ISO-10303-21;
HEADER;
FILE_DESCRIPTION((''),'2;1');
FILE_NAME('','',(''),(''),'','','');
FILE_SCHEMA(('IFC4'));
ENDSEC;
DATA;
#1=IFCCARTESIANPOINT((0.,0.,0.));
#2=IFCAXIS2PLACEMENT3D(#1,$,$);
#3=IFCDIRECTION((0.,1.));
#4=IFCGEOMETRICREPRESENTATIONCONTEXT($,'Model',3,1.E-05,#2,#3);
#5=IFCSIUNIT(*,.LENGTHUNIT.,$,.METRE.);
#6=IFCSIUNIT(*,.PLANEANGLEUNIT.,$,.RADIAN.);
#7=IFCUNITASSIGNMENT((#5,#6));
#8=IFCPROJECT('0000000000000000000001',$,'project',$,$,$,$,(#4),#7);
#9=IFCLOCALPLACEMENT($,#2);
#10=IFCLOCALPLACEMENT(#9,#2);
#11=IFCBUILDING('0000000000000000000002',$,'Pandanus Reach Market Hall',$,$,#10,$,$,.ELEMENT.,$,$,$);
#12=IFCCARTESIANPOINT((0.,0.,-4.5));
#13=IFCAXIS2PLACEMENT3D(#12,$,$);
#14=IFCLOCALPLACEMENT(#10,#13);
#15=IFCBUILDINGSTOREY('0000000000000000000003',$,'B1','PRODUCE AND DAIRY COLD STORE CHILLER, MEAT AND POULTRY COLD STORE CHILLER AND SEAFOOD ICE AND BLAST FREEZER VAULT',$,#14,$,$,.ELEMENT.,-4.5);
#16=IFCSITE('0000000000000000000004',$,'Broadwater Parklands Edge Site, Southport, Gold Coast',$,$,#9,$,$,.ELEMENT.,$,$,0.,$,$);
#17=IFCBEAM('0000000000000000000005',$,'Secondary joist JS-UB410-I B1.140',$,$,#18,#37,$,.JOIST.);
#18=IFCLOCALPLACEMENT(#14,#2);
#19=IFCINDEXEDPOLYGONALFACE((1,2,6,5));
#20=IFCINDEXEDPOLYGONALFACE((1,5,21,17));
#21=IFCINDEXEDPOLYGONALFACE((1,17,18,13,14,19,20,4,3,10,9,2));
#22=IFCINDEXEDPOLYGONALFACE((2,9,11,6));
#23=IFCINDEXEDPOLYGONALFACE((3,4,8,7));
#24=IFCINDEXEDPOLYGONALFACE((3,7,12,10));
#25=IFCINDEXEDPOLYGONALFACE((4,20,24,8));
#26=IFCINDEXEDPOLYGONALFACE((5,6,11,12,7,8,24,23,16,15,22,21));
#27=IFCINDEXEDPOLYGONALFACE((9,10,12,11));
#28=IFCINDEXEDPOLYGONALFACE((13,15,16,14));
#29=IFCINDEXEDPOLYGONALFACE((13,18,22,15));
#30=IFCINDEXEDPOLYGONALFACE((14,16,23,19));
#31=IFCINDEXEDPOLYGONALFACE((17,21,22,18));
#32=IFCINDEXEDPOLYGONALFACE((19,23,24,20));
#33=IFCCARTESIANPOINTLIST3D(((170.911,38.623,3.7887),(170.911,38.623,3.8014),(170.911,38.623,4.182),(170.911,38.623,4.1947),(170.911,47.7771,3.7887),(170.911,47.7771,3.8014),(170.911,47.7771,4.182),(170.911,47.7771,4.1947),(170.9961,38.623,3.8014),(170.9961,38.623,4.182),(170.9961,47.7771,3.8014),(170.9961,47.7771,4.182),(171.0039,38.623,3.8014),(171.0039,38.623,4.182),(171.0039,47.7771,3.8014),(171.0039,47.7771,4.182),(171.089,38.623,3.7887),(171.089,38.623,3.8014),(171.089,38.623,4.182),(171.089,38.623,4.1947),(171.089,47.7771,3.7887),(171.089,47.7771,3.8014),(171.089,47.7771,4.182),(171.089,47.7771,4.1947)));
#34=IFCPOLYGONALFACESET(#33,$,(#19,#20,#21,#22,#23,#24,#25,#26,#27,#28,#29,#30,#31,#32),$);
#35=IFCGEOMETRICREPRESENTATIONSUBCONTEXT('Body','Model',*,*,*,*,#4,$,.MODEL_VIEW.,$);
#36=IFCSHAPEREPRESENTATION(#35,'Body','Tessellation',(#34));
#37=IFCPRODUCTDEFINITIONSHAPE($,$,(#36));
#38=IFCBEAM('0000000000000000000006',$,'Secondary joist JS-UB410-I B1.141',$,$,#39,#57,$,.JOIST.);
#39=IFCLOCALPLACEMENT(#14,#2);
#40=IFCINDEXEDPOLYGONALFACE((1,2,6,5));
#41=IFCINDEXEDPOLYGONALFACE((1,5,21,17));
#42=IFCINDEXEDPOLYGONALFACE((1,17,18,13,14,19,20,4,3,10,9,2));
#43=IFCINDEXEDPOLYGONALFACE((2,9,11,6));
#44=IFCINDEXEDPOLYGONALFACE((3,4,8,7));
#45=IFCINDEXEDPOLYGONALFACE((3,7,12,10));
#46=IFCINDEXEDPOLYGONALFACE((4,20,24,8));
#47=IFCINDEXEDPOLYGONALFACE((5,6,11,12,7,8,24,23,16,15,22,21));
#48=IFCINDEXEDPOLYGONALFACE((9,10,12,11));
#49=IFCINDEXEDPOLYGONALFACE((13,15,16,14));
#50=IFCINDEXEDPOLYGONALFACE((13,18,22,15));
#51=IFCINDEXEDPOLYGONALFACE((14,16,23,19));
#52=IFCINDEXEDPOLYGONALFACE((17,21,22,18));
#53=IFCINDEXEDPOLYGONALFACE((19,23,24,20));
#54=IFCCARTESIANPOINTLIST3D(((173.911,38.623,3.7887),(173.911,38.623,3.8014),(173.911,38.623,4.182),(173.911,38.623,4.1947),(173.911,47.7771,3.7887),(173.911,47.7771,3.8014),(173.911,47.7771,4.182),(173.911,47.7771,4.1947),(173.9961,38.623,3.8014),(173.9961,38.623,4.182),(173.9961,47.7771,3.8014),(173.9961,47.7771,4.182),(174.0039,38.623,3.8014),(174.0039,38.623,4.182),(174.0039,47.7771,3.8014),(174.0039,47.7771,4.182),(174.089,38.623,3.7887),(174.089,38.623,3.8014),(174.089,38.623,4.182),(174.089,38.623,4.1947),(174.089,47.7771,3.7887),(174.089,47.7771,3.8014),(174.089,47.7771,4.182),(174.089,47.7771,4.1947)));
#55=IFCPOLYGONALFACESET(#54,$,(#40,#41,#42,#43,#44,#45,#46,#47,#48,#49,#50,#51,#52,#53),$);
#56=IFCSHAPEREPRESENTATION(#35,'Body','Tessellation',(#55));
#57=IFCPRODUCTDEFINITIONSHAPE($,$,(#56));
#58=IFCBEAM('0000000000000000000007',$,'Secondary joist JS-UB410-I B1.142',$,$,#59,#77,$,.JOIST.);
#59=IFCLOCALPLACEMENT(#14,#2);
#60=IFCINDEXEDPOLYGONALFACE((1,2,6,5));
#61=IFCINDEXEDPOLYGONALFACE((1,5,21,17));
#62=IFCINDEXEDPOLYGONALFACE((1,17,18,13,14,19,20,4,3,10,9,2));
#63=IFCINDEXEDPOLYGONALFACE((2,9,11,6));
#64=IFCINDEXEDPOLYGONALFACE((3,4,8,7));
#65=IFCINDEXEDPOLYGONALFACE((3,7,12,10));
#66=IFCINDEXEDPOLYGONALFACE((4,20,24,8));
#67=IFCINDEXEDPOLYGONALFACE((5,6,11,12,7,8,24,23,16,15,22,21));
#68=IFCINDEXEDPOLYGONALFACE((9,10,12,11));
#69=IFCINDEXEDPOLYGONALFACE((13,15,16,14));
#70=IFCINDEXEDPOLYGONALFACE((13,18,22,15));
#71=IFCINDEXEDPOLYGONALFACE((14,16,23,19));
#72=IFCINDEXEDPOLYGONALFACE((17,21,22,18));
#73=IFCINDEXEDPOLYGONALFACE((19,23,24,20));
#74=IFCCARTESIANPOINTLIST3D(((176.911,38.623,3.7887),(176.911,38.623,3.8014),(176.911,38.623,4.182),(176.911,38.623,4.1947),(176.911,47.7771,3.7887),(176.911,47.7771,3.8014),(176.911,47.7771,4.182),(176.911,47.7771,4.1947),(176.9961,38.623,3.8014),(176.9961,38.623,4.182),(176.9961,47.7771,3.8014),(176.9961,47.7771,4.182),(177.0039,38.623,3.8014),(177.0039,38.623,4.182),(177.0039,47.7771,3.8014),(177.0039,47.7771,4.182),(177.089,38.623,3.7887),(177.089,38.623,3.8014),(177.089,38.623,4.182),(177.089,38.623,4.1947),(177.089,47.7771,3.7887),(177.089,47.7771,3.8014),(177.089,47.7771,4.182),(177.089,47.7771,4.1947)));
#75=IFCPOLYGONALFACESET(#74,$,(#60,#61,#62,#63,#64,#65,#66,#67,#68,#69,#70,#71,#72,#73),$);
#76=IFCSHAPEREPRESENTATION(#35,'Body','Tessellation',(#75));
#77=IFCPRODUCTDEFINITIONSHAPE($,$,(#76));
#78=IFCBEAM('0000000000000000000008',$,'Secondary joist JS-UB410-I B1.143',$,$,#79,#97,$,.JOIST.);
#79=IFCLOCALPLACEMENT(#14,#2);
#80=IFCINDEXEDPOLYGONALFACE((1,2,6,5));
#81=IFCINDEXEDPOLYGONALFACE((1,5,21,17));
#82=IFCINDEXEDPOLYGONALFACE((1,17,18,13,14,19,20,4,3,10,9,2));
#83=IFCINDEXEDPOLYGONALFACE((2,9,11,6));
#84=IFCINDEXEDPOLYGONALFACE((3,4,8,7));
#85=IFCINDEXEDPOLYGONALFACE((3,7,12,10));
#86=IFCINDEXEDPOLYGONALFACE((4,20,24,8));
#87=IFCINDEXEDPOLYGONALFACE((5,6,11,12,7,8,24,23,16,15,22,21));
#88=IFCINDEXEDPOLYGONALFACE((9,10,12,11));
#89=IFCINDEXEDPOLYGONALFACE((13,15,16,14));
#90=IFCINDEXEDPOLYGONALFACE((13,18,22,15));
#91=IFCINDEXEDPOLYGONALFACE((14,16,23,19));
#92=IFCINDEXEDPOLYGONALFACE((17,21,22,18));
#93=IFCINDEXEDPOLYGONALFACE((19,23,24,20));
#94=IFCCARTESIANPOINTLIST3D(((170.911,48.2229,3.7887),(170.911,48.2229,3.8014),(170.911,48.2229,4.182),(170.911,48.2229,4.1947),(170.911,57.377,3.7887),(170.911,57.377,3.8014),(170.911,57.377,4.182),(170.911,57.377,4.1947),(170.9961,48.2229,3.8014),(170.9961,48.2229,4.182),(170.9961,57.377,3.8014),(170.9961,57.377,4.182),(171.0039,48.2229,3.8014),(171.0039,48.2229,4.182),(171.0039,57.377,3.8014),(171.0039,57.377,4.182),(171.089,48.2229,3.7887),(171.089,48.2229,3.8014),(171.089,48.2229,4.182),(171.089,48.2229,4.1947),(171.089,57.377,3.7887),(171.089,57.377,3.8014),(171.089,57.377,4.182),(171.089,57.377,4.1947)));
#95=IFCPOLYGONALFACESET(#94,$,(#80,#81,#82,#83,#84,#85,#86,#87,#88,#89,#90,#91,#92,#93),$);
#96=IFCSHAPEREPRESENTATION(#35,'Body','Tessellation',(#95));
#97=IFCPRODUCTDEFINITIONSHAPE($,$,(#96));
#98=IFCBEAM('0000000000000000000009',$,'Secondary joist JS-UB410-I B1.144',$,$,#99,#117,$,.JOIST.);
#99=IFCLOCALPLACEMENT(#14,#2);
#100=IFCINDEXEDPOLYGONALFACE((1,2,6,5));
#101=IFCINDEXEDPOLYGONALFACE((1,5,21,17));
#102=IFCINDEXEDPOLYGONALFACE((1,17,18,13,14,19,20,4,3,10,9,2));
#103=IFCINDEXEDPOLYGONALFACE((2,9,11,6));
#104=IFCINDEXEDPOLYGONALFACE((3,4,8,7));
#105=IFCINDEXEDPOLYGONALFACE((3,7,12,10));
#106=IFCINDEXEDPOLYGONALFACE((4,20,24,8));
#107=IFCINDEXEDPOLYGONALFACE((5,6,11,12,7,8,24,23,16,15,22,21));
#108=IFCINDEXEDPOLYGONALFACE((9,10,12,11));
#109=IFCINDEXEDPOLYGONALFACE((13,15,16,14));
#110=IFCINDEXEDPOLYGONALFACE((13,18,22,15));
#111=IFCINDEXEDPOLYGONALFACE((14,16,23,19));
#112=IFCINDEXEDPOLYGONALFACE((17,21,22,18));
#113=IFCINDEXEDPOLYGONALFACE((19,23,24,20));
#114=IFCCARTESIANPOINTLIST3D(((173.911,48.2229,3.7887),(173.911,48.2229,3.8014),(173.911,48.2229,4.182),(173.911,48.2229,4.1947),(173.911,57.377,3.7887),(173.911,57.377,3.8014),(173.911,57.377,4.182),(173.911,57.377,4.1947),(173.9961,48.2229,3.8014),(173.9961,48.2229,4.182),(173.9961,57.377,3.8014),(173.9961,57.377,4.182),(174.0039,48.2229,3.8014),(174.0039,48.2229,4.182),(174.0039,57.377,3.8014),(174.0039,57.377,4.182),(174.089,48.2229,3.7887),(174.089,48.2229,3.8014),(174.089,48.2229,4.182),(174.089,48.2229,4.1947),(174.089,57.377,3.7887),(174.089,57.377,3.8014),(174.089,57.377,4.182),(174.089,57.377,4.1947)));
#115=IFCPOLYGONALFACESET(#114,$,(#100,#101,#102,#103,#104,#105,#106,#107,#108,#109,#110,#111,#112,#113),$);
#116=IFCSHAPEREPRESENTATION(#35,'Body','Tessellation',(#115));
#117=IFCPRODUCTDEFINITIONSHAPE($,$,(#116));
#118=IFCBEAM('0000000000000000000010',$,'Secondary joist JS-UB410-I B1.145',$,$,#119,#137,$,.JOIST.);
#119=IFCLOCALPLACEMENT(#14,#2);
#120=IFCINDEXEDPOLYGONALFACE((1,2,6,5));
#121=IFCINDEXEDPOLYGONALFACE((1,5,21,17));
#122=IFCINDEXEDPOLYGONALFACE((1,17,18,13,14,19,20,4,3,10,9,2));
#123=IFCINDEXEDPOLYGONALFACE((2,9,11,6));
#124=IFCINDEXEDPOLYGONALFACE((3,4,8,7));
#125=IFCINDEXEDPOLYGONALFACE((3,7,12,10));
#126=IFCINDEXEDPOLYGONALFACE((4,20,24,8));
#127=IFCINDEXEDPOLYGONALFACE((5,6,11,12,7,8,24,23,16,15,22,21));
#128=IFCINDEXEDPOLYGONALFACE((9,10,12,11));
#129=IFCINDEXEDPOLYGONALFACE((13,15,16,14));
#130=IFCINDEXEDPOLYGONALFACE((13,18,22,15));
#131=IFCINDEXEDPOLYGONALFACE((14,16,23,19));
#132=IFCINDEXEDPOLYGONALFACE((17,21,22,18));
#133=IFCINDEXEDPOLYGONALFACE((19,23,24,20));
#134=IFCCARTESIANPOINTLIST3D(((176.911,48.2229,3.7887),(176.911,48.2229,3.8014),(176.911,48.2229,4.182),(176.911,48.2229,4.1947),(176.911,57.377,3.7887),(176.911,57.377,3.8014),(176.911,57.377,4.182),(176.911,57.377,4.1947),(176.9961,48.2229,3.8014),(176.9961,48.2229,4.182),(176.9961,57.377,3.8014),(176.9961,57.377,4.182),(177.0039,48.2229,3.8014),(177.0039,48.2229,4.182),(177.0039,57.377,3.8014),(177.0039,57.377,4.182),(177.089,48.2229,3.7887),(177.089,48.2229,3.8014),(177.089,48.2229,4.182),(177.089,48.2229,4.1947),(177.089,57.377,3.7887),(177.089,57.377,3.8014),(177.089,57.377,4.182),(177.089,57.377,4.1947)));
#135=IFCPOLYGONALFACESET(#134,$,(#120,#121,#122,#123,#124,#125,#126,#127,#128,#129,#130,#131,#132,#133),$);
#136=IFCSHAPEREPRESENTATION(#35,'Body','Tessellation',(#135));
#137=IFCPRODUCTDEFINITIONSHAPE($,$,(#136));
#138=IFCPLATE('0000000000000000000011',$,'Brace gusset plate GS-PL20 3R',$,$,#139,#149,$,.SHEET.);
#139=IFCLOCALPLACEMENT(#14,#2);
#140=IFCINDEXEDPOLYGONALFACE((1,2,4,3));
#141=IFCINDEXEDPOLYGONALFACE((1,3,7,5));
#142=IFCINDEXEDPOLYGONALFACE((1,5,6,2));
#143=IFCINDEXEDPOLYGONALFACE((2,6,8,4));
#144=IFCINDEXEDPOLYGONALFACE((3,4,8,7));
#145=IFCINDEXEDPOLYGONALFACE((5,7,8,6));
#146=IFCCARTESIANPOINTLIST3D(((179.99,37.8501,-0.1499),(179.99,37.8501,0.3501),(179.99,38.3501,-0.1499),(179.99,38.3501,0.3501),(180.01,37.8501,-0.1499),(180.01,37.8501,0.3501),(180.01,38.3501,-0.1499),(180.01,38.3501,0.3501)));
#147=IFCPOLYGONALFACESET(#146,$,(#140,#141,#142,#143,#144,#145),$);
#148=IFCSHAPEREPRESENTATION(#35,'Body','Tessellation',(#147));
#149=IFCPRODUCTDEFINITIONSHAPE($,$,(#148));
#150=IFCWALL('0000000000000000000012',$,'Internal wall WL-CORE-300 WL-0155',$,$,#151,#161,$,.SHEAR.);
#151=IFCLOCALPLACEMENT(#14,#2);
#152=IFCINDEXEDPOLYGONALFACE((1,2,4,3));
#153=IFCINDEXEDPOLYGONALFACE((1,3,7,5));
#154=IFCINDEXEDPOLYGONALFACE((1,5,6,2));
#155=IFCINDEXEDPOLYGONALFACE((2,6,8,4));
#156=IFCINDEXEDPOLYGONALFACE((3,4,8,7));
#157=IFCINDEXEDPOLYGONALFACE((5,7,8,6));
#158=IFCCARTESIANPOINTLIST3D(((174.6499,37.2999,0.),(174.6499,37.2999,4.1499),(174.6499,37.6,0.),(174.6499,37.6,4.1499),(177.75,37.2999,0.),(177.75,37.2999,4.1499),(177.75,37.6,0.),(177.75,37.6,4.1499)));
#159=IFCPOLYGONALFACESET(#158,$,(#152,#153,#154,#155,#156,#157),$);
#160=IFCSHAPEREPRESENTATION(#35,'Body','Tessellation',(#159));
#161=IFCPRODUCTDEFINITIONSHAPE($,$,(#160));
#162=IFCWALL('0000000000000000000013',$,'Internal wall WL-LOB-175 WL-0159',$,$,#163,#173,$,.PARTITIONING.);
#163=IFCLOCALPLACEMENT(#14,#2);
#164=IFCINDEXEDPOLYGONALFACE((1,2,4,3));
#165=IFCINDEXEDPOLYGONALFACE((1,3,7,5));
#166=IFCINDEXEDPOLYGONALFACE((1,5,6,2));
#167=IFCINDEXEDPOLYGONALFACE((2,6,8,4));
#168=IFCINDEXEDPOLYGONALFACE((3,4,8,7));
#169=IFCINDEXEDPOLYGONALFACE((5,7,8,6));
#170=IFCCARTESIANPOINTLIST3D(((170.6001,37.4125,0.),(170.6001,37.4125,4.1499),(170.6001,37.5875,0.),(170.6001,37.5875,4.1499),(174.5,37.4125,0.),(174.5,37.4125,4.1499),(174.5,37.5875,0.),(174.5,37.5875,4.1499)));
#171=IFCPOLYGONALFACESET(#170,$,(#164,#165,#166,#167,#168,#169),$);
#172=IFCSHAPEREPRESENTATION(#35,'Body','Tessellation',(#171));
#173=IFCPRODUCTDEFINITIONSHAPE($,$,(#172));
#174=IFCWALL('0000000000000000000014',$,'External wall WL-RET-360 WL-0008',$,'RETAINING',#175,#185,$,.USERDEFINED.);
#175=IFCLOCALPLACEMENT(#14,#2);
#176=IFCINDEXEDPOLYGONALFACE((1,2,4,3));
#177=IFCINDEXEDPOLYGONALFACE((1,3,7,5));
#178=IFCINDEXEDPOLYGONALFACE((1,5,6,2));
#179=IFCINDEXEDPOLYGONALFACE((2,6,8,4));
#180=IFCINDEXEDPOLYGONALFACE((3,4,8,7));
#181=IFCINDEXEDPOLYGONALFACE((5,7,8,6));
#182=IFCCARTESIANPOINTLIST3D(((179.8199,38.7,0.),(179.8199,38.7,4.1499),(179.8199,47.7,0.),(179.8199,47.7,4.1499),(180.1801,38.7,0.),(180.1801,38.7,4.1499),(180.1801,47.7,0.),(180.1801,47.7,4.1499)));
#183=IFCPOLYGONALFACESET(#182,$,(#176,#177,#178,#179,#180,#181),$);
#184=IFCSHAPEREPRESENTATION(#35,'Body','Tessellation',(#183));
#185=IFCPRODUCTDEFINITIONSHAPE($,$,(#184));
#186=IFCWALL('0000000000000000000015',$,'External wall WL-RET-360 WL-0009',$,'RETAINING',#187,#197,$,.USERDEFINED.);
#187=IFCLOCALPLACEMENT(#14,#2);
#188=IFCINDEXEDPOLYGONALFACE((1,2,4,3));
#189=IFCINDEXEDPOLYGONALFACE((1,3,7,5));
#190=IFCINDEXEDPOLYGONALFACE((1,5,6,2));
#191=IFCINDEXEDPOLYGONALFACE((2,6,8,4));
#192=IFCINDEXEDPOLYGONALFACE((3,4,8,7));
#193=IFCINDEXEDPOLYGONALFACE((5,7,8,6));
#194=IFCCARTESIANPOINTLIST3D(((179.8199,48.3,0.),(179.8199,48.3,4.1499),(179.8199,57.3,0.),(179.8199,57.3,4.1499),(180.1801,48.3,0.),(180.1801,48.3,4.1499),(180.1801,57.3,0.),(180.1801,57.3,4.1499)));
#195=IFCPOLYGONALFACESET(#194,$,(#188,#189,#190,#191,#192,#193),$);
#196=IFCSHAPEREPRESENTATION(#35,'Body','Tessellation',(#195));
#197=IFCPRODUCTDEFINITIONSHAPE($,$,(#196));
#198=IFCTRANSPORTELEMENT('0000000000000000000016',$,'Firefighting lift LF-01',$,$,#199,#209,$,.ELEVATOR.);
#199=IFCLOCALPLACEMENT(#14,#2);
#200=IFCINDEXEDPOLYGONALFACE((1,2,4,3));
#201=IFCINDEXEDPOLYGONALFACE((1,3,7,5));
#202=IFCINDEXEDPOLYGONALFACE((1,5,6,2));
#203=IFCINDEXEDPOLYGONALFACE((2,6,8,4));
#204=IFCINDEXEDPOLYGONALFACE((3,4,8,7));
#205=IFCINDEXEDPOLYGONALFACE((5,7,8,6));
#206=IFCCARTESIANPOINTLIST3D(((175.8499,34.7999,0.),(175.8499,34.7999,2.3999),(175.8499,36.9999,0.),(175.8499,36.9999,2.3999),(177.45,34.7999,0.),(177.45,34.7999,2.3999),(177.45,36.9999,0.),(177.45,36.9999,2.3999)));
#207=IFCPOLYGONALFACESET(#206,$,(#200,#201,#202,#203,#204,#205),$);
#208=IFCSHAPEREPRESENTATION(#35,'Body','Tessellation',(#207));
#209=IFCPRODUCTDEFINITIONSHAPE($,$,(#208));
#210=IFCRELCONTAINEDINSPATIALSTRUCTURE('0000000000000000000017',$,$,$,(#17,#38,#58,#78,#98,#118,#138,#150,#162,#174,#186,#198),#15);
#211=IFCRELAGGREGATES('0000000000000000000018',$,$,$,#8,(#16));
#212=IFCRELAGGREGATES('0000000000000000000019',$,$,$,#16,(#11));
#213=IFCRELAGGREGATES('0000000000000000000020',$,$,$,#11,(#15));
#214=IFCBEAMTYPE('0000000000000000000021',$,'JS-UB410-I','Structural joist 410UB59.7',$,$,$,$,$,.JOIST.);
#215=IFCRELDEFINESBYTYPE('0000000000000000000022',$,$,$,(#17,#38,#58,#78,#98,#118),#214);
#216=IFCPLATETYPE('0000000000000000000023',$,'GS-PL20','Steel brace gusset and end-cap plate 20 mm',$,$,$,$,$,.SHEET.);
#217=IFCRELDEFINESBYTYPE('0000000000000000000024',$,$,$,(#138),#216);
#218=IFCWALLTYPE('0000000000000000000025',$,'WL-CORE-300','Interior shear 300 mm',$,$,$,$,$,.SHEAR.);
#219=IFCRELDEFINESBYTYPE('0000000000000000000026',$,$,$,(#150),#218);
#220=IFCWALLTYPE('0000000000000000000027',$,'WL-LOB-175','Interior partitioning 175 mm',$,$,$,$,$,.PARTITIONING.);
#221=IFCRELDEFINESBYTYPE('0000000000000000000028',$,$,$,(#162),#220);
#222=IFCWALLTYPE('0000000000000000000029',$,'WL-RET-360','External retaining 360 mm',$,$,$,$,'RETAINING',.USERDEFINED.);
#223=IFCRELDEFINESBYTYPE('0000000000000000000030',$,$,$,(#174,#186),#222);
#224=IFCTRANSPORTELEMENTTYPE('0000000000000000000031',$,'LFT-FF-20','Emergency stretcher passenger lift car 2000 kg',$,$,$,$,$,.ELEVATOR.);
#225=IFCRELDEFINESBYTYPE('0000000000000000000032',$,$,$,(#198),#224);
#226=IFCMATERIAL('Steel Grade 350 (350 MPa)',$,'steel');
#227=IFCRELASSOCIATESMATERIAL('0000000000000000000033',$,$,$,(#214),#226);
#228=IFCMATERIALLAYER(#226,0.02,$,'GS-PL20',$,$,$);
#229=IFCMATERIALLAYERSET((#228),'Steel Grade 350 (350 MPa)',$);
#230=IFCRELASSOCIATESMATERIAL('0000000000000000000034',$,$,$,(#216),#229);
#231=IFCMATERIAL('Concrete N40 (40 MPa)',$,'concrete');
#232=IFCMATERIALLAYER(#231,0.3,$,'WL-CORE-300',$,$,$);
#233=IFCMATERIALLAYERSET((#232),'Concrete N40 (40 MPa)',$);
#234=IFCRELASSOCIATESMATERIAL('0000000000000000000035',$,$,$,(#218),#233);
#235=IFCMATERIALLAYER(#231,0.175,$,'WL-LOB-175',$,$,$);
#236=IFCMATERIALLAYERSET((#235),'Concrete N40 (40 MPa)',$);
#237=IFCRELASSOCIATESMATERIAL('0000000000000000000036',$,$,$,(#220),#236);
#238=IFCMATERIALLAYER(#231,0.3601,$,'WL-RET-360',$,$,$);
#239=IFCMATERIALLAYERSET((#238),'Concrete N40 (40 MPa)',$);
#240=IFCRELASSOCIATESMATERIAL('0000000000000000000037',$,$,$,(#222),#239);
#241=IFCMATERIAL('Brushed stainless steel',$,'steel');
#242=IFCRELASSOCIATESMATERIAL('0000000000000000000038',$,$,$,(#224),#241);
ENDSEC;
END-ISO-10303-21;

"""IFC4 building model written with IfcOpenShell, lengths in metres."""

from ifc_helpers import new_model, si_unit, direction, frame, frame_2d, origin, origin_2d, place, context, subcontext, project, spatial, rectangle, i_section, extrude, material, layer, layer_set, material_profile, profile_set, type_object, element, save


model = new_model("IFC4")

# Units and contexts
model_context = context("Model", 3, precision=1e-05, world=origin(), true_north=direction((0.0, 1.0)))
body_context = subcontext(model_context, "Body", "Model", "MODEL_VIEW")
ifc_project = project(units=[si_unit("LENGTHUNIT", "METRE"), si_unit("PLANEANGLEUNIT", "RADIAN")], contexts=[model_context])

# Site, building, storey
site_placement = place(None, origin())
site = spatial("IfcSite", under=ifc_project, at=site_placement, Name="Broadwater Parklands Edge Site, Southport, Gold Coast", CompositionType="ELEMENT", RefElevation=0.0)
building_placement = place(site_placement, origin())
building = spatial("IfcBuilding", under=site, at=building_placement, Name="Pandanus Reach Market Hall", CompositionType="ELEMENT")
storey_placement = place(building_placement, frame((0.0, 0.0, -4.5)))
storey = spatial("IfcBuildingStorey", under=building, at=storey_placement, Name="B1", Description="PRODUCE AND DAIRY COLD STORE CHILLER, MEAT AND POULTRY COLD STORE CHILLER AND SEAFOOD ICE AND BLAST FREEZER VAULT", CompositionType="ELEMENT", Elevation=-4.5)

# Shared definitions
ifc_material_1 = material(Name="Concrete N40 (40 MPa)", Category="concrete")

# Shared definitions
ifc_material_2 = material(Name="Steel Grade 350 (350 MPa)", Category="steel")

# Beams
ifc_material_profile_1 = material_profile(ifc_material_2, i_section(OverallWidth=0.178, OverallDepth=0.406, WebThickness=0.0078, FlangeThickness=0.0127, at=origin_2d()), Name="410UB59.7", Category="LoadBearing")
ifc_profile_set_1 = profile_set([ifc_material_profile_1], Name="Steel Grade 350 (350 MPa)")
beam_type_1 = type_object("IfcBeamType", Name="JS-UB410-I", Description="Structural joist 410UB59.7", PredefinedType="JOIST", material=ifc_profile_set_1)
for number, where, z_axis, x_axis, name in (
    (1, (171.0, 38.623, 3.9917), (0.0, 1.0, 0.0), (-1.0, 0.0, 0.0), "Secondary joist JS-UB410-I B1.140"),
    (2, (174.0, 38.623, 3.9917), (0.0, 1.0, 0.0), (-1.0, 0.0, 0.0), "Secondary joist JS-UB410-I B1.141"),
    (3, (177.0, 38.623, 3.9917), (0.0, 1.0, 0.0), (-1.0, 0.0, 0.0), "Secondary joist JS-UB410-I B1.142"),
    (4, (171.0, 48.2229, 3.9917), (0.0, 1.0, 0.0), (-1.0, 0.0, 0.0), "Secondary joist JS-UB410-I B1.143"),
    (5, (174.0, 48.2229, 3.9917), (0.0, 1.0, 0.0), (-1.0, 0.0, 0.0), "Secondary joist JS-UB410-I B1.144"),
    (6, (177.0, 48.2229, 3.9917), (0.0, 1.0, 0.0), (-1.0, 0.0, 0.0), "Secondary joist JS-UB410-I B1.145"),
):
    element("IfcBeam", number, at=place(storey_placement, frame(where, z_axis=z_axis, x_axis=x_axis)), inside=storey, type_object=beam_type_1, Name=name, PredefinedType="JOIST", context=body_context, shape_type="SweptSolid", body=[
        extrude(i_section(OverallWidth=0.178, OverallDepth=0.406, WebThickness=0.0078, FlangeThickness=0.0127, at=origin_2d()), origin(), (0.0, 0.0, 1.0), 9.1541),
    ])

# Plate
ifc_layer_1 = layer(ifc_material_2, 0.02, Name="GS-PL20")
ifc_layer_set_1 = layer_set([ifc_layer_1], Name="Steel Grade 350 (350 MPa)")
plate_type = type_object("IfcPlateType", Name="GS-PL20", Description="Steel brace gusset and end-cap plate 20 mm", PredefinedType="SHEET", material=ifc_layer_set_1)
plate_placement = place(storey_placement, frame((180.0, 38.1001, -0.1499), z_axis=(0.0, 0.0, 1.0), x_axis=(0.0, 1.0, 0.0)))
element("IfcPlate", 7, at=plate_placement, inside=storey, type_object=plate_type, Name="Brace gusset plate GS-PL20 3R", PredefinedType="SHEET", context=body_context, shape_type="SweptSolid", body=[
    extrude(rectangle(XDim=0.5, YDim=0.02, at=origin_2d()), origin(), (0.0, 0.0, 1.0), 0.5),
])

# Walls
ifc_layer_2 = layer(ifc_material_1, 0.3, Name="WL-CORE-300")
ifc_layer_set_2 = layer_set([ifc_layer_2], Name="Concrete N40 (40 MPa)")
wall_type_1 = type_object("IfcWallType", Name="WL-CORE-300", Description="Interior shear 300 mm", PredefinedType="SHEAR", material=ifc_layer_set_2)
wall_1_placement = place(storey_placement, frame((174.6499, 37.45, 0.0), z_axis=(0.0, 0.0, 1.0), x_axis=(1.0, 0.0, 0.0)))
element("IfcWall", 8, at=wall_1_placement, inside=storey, type_object=wall_type_1, Name="Internal wall WL-CORE-300 WL-0155", PredefinedType="SHEAR", context=body_context, shape_type="SweptSolid", body=[
    extrude(rectangle(XDim=3.1001, YDim=0.3, at=frame_2d((1.55, 0.0))), origin(), (0.0, 0.0, 1.0), 4.1499),
])
ifc_layer_3 = layer(ifc_material_1, 0.175, Name="WL-LOB-175")
ifc_layer_set_3 = layer_set([ifc_layer_3], Name="Concrete N40 (40 MPa)")
wall_type_2 = type_object("IfcWallType", Name="WL-LOB-175", Description="Interior partitioning 175 mm", PredefinedType="PARTITIONING", material=ifc_layer_set_3)
wall_2_placement = place(storey_placement, frame((170.6001, 37.5, 0.0), z_axis=(0.0, 0.0, 1.0), x_axis=(1.0, 0.0, 0.0)))
element("IfcWall", 9, at=wall_2_placement, inside=storey, type_object=wall_type_2, Name="Internal wall WL-LOB-175 WL-0159", PredefinedType="PARTITIONING", context=body_context, shape_type="SweptSolid", body=[
    extrude(rectangle(XDim=3.8999, YDim=0.175, at=frame_2d((1.95, 0.0))), origin(), (0.0, 0.0, 1.0), 4.1499),
])
ifc_layer_4 = layer(ifc_material_1, 0.3601, Name="WL-RET-360")
ifc_layer_set_4 = layer_set([ifc_layer_4], Name="Concrete N40 (40 MPa)")
wall_type_3 = type_object("IfcWallType", Name="WL-RET-360", Description="External retaining 360 mm", ElementType="RETAINING", PredefinedType="USERDEFINED", material=ifc_layer_set_4)
for number, where, z_axis, x_axis, name in (
    (10, (180.0, 38.7, 0.0), (0.0, 0.0, 1.0), (0.0, 1.0, 0.0), "External wall WL-RET-360 WL-0008"),
    (11, (180.0, 48.3, 0.0), (0.0, 0.0, 1.0), (0.0, 1.0, 0.0), "External wall WL-RET-360 WL-0009"),
):
    element("IfcWall", number, at=place(storey_placement, frame(where, z_axis=z_axis, x_axis=x_axis)), inside=storey, type_object=wall_type_3, Name=name, ObjectType="RETAINING", PredefinedType="USERDEFINED", context=body_context, shape_type="SweptSolid", body=[
        extrude(rectangle(XDim=9.0, YDim=0.3601, at=frame_2d((4.5, 0.0))), origin(), (0.0, 0.0, 1.0), 4.1499),
    ])

# Transport element
ifc_material_3 = material(Name="Brushed stainless steel", Category="steel")
transport_element_type = type_object("IfcTransportElementType", Name="LFT-FF-20", Description="Emergency stretcher passenger lift car 2000 kg", PredefinedType="ELEVATOR", material=ifc_material_3)
transport_element_placement = place(storey_placement, frame((176.6499, 35.8999, 0.0), z_axis=(0.0, 0.0, 1.0), x_axis=(1.0, 0.0, 0.0)))
element("IfcTransportElement", 12, at=transport_element_placement, inside=storey, type_object=transport_element_type, Name="Firefighting lift LF-01", PredefinedType="ELEVATOR", context=body_context, shape_type="SweptSolid", body=[
    extrude(rectangle(XDim=1.6001, YDim=2.2, at=origin_2d()), origin(), (0.0, 0.0, 1.0), 2.3999),
])

save(model, "model.ifc")
